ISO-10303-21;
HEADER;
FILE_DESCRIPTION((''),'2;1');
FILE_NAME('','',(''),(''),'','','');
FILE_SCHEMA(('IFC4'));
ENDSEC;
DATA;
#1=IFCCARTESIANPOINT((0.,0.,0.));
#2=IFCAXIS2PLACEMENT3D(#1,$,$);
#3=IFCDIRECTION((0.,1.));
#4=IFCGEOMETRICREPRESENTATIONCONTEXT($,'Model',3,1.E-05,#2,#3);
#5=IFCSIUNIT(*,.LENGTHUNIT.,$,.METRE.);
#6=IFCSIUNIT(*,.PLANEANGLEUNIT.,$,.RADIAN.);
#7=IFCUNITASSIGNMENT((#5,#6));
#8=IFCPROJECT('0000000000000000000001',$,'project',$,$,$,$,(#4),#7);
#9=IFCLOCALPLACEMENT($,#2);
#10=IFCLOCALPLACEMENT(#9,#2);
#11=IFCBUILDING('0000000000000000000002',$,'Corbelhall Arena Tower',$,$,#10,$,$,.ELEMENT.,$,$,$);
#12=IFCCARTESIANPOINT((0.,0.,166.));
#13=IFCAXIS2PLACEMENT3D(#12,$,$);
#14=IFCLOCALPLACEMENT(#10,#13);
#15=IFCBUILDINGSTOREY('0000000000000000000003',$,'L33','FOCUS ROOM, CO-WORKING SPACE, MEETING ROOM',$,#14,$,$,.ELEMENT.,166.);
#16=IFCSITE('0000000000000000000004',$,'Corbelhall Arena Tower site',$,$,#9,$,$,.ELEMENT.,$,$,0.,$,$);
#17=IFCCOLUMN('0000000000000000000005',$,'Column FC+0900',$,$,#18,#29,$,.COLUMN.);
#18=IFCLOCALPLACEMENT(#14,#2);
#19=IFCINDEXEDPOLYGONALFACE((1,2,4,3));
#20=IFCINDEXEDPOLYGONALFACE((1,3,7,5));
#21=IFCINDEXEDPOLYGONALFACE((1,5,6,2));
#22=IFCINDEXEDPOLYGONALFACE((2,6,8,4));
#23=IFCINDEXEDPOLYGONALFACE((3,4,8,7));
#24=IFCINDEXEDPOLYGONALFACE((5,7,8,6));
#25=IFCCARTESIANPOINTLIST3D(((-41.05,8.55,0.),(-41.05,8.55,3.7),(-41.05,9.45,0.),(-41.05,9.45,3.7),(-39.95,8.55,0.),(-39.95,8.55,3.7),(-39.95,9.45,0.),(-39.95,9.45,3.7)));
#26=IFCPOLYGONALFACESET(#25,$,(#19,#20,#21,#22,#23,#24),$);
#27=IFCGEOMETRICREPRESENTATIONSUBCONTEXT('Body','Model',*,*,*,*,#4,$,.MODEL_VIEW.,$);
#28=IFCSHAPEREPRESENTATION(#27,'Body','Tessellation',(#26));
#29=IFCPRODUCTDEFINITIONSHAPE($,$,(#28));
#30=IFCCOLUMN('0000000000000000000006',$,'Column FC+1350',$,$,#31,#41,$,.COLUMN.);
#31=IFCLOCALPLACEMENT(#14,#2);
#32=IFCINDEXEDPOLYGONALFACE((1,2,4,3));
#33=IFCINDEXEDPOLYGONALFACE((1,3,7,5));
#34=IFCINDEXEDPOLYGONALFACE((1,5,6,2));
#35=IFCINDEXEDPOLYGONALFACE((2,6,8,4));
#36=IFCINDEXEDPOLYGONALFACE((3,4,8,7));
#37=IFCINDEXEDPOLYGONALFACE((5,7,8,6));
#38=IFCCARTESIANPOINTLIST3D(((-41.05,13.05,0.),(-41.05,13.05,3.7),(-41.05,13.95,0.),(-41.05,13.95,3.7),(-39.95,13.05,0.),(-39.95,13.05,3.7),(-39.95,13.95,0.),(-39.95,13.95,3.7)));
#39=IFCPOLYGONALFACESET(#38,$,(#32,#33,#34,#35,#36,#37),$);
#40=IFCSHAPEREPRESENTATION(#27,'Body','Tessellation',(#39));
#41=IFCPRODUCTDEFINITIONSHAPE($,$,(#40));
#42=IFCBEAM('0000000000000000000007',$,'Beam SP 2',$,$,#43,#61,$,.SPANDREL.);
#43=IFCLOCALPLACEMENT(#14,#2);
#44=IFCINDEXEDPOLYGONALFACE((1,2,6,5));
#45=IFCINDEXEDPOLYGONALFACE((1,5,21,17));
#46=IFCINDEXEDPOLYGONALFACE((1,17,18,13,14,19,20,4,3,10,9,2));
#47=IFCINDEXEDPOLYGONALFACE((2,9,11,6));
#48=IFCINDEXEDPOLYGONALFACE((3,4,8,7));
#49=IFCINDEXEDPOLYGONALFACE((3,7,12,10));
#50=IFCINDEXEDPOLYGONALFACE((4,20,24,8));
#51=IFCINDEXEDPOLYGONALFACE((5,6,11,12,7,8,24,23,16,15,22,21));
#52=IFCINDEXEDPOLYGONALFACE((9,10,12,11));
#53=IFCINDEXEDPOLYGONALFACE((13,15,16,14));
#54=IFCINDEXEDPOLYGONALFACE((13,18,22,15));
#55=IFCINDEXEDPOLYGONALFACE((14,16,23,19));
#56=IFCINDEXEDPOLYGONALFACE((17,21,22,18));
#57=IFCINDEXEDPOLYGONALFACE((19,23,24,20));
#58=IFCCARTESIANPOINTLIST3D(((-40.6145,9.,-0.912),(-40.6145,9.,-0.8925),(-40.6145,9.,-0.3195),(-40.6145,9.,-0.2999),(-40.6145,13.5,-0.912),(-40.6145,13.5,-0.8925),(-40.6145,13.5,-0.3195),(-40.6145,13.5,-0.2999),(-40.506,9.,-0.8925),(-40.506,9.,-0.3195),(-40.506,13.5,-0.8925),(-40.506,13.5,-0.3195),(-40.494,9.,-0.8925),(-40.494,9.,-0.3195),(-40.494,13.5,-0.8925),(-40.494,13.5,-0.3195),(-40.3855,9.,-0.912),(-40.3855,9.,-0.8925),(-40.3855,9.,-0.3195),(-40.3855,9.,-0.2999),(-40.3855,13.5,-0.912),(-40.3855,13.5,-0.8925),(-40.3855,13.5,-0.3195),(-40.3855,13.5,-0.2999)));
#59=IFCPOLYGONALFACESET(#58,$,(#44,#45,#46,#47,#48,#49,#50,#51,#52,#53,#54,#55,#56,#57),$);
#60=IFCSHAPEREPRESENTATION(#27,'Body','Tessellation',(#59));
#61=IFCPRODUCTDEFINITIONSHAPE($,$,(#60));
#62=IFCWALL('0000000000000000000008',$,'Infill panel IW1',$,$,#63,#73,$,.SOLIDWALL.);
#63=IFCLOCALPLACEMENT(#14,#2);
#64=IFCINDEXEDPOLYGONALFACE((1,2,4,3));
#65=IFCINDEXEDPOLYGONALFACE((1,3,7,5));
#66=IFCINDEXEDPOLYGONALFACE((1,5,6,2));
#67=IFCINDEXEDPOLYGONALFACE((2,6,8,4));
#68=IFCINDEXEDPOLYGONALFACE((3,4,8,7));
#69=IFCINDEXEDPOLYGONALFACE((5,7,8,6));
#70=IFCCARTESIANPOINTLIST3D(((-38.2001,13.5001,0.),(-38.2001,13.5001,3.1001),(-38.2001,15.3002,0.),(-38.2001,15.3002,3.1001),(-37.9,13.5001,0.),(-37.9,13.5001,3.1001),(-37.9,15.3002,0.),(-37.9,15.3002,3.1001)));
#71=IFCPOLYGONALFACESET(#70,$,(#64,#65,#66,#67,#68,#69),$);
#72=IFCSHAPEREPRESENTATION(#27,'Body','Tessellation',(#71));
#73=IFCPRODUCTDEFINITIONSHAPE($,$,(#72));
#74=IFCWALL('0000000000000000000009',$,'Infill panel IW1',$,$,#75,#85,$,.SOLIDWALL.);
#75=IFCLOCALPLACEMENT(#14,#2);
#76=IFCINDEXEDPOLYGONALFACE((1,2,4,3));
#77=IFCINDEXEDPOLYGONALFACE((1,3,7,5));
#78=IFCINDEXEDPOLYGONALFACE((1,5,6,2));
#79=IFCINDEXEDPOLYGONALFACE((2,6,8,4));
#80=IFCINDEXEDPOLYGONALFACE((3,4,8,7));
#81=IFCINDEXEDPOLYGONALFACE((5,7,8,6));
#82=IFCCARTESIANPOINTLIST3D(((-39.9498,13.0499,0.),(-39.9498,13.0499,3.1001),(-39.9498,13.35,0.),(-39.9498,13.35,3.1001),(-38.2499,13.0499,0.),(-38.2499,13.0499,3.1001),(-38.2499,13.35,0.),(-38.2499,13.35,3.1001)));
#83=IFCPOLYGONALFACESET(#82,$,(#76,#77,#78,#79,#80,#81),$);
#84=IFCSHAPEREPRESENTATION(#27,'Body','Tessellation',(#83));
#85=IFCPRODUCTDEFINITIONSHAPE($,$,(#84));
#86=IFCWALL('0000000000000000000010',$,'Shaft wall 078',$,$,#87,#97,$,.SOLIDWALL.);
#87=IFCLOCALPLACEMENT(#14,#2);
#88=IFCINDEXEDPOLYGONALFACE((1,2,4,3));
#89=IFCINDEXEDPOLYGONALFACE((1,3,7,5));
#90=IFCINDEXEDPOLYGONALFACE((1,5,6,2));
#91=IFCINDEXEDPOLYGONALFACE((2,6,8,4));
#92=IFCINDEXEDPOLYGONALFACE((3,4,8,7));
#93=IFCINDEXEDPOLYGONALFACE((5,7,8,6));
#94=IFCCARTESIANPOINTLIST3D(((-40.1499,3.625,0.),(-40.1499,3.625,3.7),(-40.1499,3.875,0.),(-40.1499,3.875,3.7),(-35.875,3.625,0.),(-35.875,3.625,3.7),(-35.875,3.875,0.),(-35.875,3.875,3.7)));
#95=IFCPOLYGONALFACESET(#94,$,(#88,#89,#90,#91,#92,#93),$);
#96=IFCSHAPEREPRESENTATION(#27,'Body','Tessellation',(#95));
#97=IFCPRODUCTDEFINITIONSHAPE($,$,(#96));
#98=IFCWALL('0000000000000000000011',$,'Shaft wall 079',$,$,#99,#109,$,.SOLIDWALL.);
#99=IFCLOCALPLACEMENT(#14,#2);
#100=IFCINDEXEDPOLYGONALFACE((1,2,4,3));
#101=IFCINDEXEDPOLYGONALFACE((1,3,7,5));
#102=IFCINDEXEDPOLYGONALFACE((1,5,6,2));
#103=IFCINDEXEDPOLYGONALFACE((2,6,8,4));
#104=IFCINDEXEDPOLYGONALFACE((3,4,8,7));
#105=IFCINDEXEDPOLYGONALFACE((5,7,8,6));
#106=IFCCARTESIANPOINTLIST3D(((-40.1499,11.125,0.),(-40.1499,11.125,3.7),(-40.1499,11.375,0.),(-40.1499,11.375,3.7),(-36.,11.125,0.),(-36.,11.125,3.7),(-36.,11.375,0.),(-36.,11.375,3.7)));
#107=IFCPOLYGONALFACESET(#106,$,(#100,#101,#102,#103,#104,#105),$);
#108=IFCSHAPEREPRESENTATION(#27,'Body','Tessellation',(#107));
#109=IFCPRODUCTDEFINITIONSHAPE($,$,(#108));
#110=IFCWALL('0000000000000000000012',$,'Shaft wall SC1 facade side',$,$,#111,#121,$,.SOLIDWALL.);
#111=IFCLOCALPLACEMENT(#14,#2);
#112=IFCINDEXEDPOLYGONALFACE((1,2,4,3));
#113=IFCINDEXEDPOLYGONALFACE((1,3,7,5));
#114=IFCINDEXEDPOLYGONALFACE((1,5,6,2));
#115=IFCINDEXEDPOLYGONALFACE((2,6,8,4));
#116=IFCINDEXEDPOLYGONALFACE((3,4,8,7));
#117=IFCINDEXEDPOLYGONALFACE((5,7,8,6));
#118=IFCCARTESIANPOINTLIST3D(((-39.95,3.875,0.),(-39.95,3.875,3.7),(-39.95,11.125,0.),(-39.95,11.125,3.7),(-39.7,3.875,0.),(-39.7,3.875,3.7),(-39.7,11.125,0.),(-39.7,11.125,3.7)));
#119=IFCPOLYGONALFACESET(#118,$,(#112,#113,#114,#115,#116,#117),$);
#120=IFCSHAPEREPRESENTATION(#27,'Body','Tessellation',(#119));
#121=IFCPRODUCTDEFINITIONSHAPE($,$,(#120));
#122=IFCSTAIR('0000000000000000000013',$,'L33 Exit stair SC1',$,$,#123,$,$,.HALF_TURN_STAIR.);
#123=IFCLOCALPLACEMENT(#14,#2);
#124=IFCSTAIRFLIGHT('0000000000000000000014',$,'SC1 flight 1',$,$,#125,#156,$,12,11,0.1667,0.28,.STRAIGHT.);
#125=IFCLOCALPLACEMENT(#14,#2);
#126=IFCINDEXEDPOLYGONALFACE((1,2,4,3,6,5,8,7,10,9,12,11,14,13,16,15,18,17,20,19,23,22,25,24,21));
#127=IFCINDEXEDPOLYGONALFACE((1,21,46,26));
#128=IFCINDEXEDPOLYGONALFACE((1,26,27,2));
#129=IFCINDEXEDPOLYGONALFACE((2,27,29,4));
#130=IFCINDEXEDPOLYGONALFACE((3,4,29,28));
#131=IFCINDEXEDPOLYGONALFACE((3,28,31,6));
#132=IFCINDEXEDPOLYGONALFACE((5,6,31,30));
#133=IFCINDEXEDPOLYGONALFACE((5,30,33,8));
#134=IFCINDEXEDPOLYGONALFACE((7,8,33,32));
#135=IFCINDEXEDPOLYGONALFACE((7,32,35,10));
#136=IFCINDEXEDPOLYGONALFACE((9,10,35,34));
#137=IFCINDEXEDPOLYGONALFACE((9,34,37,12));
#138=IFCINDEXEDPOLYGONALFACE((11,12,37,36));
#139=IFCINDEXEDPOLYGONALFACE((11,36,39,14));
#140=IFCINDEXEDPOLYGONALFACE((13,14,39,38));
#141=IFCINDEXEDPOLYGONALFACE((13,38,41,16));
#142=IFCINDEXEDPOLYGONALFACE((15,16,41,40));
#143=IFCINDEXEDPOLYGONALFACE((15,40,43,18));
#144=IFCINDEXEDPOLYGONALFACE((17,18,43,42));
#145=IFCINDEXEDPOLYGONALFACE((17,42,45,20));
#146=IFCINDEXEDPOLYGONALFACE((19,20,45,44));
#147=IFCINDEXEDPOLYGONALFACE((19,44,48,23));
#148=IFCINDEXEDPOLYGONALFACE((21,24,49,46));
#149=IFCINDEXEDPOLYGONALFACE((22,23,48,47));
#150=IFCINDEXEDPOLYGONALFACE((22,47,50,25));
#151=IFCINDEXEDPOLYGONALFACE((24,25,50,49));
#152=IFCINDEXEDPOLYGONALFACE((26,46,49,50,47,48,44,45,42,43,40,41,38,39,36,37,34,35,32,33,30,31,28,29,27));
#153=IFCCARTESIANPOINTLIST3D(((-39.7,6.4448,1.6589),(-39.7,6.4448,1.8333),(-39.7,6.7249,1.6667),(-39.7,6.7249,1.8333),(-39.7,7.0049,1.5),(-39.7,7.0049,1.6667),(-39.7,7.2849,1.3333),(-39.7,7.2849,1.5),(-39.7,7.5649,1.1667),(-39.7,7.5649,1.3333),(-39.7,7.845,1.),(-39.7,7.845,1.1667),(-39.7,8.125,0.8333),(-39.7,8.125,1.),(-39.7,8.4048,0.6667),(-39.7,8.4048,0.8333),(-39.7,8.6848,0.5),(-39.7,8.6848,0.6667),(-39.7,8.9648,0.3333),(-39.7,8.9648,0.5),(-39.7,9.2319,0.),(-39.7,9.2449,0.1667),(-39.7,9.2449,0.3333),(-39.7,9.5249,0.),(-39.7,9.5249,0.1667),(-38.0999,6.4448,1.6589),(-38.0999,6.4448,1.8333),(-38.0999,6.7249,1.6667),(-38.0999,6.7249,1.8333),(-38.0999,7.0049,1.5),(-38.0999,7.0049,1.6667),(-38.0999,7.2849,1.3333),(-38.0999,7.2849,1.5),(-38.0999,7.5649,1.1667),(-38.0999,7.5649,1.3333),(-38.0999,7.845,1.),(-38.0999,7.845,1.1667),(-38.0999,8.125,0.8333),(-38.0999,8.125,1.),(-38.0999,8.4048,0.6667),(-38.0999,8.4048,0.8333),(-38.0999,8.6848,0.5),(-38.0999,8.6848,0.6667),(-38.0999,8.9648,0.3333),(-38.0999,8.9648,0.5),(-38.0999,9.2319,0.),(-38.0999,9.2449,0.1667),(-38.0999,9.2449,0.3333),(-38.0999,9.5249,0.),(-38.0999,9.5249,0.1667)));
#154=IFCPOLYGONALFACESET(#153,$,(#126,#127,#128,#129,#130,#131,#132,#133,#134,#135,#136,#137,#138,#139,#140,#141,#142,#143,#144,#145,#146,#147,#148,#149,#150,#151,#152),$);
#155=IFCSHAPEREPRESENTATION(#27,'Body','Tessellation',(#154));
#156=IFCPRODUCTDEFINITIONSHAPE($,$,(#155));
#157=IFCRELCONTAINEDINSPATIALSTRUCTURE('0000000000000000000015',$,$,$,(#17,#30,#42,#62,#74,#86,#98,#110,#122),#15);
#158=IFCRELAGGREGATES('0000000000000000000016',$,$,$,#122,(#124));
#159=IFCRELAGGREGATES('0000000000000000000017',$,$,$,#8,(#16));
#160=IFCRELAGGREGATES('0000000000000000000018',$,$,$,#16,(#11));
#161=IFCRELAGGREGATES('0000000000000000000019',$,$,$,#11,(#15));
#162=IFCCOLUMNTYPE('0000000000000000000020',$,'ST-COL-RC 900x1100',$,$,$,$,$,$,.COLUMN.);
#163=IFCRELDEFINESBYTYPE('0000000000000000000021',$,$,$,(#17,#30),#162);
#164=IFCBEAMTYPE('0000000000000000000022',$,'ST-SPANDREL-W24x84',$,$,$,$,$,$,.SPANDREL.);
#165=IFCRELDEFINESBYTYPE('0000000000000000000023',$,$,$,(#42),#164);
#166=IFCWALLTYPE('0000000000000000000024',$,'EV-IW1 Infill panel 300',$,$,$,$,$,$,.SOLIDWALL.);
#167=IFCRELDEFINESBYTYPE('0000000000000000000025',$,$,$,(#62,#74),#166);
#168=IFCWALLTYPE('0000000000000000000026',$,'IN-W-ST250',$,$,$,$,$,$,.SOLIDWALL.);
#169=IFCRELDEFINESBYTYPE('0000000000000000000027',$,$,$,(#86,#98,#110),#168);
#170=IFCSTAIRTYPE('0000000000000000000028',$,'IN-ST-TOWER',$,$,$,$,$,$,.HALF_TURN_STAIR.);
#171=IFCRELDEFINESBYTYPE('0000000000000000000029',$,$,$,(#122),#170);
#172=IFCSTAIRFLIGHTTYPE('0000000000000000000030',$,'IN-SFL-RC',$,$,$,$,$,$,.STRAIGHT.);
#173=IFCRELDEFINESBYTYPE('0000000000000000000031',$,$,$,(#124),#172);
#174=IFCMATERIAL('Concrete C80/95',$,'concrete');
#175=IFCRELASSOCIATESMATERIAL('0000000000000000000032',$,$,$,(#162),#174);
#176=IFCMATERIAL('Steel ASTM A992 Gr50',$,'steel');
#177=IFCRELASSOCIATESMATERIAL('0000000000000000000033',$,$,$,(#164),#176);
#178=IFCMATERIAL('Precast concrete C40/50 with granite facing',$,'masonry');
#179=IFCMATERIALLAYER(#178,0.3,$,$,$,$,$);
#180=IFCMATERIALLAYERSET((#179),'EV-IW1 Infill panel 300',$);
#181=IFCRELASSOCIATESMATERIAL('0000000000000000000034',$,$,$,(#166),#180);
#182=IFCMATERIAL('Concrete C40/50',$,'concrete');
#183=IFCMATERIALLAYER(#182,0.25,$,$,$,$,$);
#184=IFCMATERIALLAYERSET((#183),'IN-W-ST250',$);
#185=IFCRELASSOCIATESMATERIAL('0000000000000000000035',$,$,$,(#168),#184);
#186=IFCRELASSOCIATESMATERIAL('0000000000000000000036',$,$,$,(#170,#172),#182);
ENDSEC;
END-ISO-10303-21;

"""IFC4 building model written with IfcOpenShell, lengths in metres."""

from ifc_helpers import new_model, si_unit, direction, frame, frame_2d, origin, origin_2d, place, context, subcontext, project, spatial, polyline, rectangle, i_section, outline, extrude, material, layer, layer_set, material_profile, profile_set, type_object, element, aggregate, save


model = new_model("IFC4")

# Units and contexts
model_context = context("Model", 3, precision=1e-05, world=origin(), true_north=direction((0.0, 1.0)))
body_context = subcontext(model_context, "Body", "Model", "MODEL_VIEW")
ifc_project = project(units=[si_unit("LENGTHUNIT", "METRE"), si_unit("PLANEANGLEUNIT", "RADIAN")], contexts=[model_context])

# Site, building, storey
site_placement = place(None, origin())
site = spatial("IfcSite", under=ifc_project, at=site_placement, Name="Corbelhall Arena Tower site", CompositionType="ELEMENT", RefElevation=0.0)
building_placement = place(site_placement, origin())
building = spatial("IfcBuilding", under=site, at=building_placement, Name="Corbelhall Arena Tower", CompositionType="ELEMENT")
storey_placement = place(building_placement, frame((0.0, 0.0, 166.0)))
storey = spatial("IfcBuildingStorey", under=building, at=storey_placement, Name="L33", Description="FOCUS ROOM, CO-WORKING SPACE, MEETING ROOM", CompositionType="ELEMENT", Elevation=166.0)

# Columns
ifc_material_1 = material(Name="Concrete C80/95", Category="concrete")
ifc_material_profile_1 = material_profile(ifc_material_1, rectangle(XDim=0.8999, YDim=1.1001, at=origin_2d()))
ifc_profile_set_1 = profile_set([ifc_material_profile_1], Name="Concrete C80/95")
column_type = type_object("IfcColumnType", Name="ST-COL-RC 900x1100", PredefinedType="COLUMN", material=ifc_profile_set_1)
for number, where, z_axis, x_axis, name in (
    (1, (-40.5, 9.0, 0.0), (0.0, 0.0, 1.0), (0.0, 1.0, 0.0), "Column FC+0900"),
    (2, (-40.5, 13.5, 0.0), (0.0, 0.0, 1.0), (0.0, 1.0, 0.0), "Column FC+1350"),
):
    element("IfcColumn", number, at=place(storey_placement, frame(where, z_axis=z_axis, x_axis=x_axis)), inside=storey, type_object=column_type, Name=name, PredefinedType="COLUMN", context=body_context, shape_type="SweptSolid", body=[
        extrude(rectangle(XDim=0.8999, YDim=1.1001, at=origin_2d()), origin(), (0.0, 0.0, 1.0), 3.7),
    ])

# Beam
ifc_material_2 = material(Name="Steel ASTM A992 Gr50", Category="steel")
ifc_material_profile_2 = material_profile(ifc_material_2, i_section(OverallWidth=0.229, OverallDepth=0.6121, WebThickness=0.012, FlangeThickness=0.0195, at=origin_2d()))
ifc_profile_set_2 = profile_set([ifc_material_profile_2], Name="Steel ASTM A992 Gr50")
beam_type = type_object("IfcBeamType", Name="ST-SPANDREL-W24x84", PredefinedType="SPANDREL", material=ifc_profile_set_2)
beam_placement = place(storey_placement, frame((-40.5, 9.0, -0.606), z_axis=(0.0, 1.0, 0.0), x_axis=(-1.0, 0.0, 0.0)))
element("IfcBeam", 3, at=beam_placement, inside=storey, type_object=beam_type, Name="Beam SP 2", PredefinedType="SPANDREL", context=body_context, shape_type="SweptSolid", body=[
    extrude(i_section(OverallWidth=0.229, OverallDepth=0.6121, WebThickness=0.012, FlangeThickness=0.0195, at=origin_2d()), origin(), (0.0, 0.0, 1.0), 4.5),
])

# Walls
ifc_material_3 = material(Name="Precast concrete C40/50 with granite facing", Category="masonry")
ifc_layer_1 = layer(ifc_material_3, 0.3)
ifc_layer_set_1 = layer_set([ifc_layer_1], Name="EV-IW1 Infill panel 300")
wall_type_1 = type_object("IfcWallType", Name="EV-IW1 Infill panel 300", PredefinedType="SOLIDWALL", material=ifc_layer_set_1)
wall_1_placement = place(storey_placement, frame((-38.05, 15.3, 0.0), z_axis=(0.0, 0.0, 1.0), x_axis=(0.0, -1.0, 0.0)))
element("IfcWall", 4, at=wall_1_placement, inside=storey, type_object=wall_type_1, Name="Infill panel IW1", PredefinedType="SOLIDWALL", context=body_context, shape_type="SweptSolid", body=[
    extrude(rectangle(XDim=1.8, YDim=0.3, at=frame_2d((0.8999, 0.0))), origin(), (0.0, 0.0, 1.0), 3.1001),
])
wall_2_placement = place(storey_placement, frame((-39.95, 13.2, 0.0), z_axis=(0.0, 0.0, 1.0), x_axis=(1.0, 0.0, 0.0)))
element("IfcWall", 5, at=wall_2_placement, inside=storey, type_object=wall_type_1, Name="Infill panel IW1", PredefinedType="SOLIDWALL", context=body_context, shape_type="SweptSolid", body=[
    extrude(rectangle(XDim=1.7, YDim=0.3, at=frame_2d((0.8501, 0.0))), origin(), (0.0, 0.0, 1.0), 3.1001),
])

# Walls
ifc_material_4 = material(Name="Concrete C40/50", Category="concrete")
ifc_layer_2 = layer(ifc_material_4, 0.25)
ifc_layer_set_2 = layer_set([ifc_layer_2], Name="IN-W-ST250")
wall_type_2 = type_object("IfcWallType", Name="IN-W-ST250", PredefinedType="SOLIDWALL", material=ifc_layer_set_2)
wall_3_placement = place(storey_placement, frame((-40.1499, 3.75, 0.0), z_axis=(0.0, 0.0, 1.0), x_axis=(1.0, 0.0, 0.0)))
element("IfcWall", 6, at=wall_3_placement, inside=storey, type_object=wall_type_2, Name="Shaft wall 078", PredefinedType="SOLIDWALL", context=body_context, shape_type="SweptSolid", body=[
    extrude(rectangle(XDim=4.2749, YDim=0.25, at=frame_2d((2.1375, 0.0))), origin(), (0.0, 0.0, 1.0), 3.7),
])
wall_4_placement = place(storey_placement, frame((-40.1499, 11.25, 0.0), z_axis=(0.0, 0.0, 1.0), x_axis=(1.0, 0.0, 0.0)))
element("IfcWall", 7, at=wall_4_placement, inside=storey, type_object=wall_type_2, Name="Shaft wall 079", PredefinedType="SOLIDWALL", context=body_context, shape_type="SweptSolid", body=[
    extrude(rectangle(XDim=4.1499, YDim=0.25, at=frame_2d((2.075, 0.0))), origin(), (0.0, 0.0, 1.0), 3.7),
])
wall_5_placement = place(storey_placement, frame((-39.825, 3.875, 0.0), z_axis=(0.0, 0.0, 1.0), x_axis=(0.0, 1.0, 0.0)))
element("IfcWall", 8, at=wall_5_placement, inside=storey, type_object=wall_type_2, Name="Shaft wall SC1 facade side", PredefinedType="SOLIDWALL", context=body_context, shape_type="SweptSolid", body=[
    extrude(rectangle(XDim=7.25, YDim=0.25, at=frame_2d((3.625, 0.0))), origin(), (0.0, 0.0, 1.0), 3.7),
])

# Stair, stair flight
stair_type = type_object("IfcStairType", Name="IN-ST-TOWER", PredefinedType="HALF_TURN_STAIR", material=ifc_material_4)
stair_placement = place(storey_placement, origin())
stair = element("IfcStair", 9, at=stair_placement, inside=storey, type_object=stair_type, Name="L33 Exit stair SC1", PredefinedType="HALF_TURN_STAIR")
stair_flight_type = type_object("IfcStairFlightType", Name="IN-SFL-RC", PredefinedType="STRAIGHT", material=ifc_material_4)
stair_flight_1_placement = place(storey_placement, frame((-38.8999, 9.5249, 0.0), z_axis=(0.0, 0.0, 1.0), x_axis=(0.0, -1.0, 0.0)))
stair_flight_1 = element("IfcStairFlight", 10, at=stair_flight_1_placement, type_object=stair_flight_type, Name="SC1 flight 1", NumberOfRisers=12, NumberOfTreads=11, PredefinedType="STRAIGHT", RiserHeight=0.1667, TreadLength=0.28, context=body_context, shape_type="SweptSolid", body=[
    extrude(outline(polyline([(0.0, 0.0), (0.0, 0.1667), (0.28, 0.1667), (0.28, 0.3333), (0.5601, 0.3333), (0.5601, 0.5), (0.8401, 0.5), (0.8401, 0.6667), (1.1201, 0.6667), (1.1201, 0.8333), (1.3999, 0.8333), (1.3999, 1.0), (1.6799, 1.0), (1.6799, 1.1667), (1.96, 1.1667), (1.96, 1.3333), (2.24, 1.3333), (2.24, 1.5), (2.52, 1.5), (2.52, 1.6667), (2.8, 1.6667), (2.8, 1.8333), (3.0801, 1.8333), (3.0801, 2.0), (3.0801, 1.6589), (0.293, 0.0), (0.0, 0.0)])), frame((0.0, 0.8, 0.0), z_axis=(0.0, -1.0, 0.0), x_axis=(1.0, 0.0, 0.0)), (0.0, 0.0, 1.0), 1.6001),
])
aggregate(stair, [stair_flight_1])

save(model, "model.ifc")
